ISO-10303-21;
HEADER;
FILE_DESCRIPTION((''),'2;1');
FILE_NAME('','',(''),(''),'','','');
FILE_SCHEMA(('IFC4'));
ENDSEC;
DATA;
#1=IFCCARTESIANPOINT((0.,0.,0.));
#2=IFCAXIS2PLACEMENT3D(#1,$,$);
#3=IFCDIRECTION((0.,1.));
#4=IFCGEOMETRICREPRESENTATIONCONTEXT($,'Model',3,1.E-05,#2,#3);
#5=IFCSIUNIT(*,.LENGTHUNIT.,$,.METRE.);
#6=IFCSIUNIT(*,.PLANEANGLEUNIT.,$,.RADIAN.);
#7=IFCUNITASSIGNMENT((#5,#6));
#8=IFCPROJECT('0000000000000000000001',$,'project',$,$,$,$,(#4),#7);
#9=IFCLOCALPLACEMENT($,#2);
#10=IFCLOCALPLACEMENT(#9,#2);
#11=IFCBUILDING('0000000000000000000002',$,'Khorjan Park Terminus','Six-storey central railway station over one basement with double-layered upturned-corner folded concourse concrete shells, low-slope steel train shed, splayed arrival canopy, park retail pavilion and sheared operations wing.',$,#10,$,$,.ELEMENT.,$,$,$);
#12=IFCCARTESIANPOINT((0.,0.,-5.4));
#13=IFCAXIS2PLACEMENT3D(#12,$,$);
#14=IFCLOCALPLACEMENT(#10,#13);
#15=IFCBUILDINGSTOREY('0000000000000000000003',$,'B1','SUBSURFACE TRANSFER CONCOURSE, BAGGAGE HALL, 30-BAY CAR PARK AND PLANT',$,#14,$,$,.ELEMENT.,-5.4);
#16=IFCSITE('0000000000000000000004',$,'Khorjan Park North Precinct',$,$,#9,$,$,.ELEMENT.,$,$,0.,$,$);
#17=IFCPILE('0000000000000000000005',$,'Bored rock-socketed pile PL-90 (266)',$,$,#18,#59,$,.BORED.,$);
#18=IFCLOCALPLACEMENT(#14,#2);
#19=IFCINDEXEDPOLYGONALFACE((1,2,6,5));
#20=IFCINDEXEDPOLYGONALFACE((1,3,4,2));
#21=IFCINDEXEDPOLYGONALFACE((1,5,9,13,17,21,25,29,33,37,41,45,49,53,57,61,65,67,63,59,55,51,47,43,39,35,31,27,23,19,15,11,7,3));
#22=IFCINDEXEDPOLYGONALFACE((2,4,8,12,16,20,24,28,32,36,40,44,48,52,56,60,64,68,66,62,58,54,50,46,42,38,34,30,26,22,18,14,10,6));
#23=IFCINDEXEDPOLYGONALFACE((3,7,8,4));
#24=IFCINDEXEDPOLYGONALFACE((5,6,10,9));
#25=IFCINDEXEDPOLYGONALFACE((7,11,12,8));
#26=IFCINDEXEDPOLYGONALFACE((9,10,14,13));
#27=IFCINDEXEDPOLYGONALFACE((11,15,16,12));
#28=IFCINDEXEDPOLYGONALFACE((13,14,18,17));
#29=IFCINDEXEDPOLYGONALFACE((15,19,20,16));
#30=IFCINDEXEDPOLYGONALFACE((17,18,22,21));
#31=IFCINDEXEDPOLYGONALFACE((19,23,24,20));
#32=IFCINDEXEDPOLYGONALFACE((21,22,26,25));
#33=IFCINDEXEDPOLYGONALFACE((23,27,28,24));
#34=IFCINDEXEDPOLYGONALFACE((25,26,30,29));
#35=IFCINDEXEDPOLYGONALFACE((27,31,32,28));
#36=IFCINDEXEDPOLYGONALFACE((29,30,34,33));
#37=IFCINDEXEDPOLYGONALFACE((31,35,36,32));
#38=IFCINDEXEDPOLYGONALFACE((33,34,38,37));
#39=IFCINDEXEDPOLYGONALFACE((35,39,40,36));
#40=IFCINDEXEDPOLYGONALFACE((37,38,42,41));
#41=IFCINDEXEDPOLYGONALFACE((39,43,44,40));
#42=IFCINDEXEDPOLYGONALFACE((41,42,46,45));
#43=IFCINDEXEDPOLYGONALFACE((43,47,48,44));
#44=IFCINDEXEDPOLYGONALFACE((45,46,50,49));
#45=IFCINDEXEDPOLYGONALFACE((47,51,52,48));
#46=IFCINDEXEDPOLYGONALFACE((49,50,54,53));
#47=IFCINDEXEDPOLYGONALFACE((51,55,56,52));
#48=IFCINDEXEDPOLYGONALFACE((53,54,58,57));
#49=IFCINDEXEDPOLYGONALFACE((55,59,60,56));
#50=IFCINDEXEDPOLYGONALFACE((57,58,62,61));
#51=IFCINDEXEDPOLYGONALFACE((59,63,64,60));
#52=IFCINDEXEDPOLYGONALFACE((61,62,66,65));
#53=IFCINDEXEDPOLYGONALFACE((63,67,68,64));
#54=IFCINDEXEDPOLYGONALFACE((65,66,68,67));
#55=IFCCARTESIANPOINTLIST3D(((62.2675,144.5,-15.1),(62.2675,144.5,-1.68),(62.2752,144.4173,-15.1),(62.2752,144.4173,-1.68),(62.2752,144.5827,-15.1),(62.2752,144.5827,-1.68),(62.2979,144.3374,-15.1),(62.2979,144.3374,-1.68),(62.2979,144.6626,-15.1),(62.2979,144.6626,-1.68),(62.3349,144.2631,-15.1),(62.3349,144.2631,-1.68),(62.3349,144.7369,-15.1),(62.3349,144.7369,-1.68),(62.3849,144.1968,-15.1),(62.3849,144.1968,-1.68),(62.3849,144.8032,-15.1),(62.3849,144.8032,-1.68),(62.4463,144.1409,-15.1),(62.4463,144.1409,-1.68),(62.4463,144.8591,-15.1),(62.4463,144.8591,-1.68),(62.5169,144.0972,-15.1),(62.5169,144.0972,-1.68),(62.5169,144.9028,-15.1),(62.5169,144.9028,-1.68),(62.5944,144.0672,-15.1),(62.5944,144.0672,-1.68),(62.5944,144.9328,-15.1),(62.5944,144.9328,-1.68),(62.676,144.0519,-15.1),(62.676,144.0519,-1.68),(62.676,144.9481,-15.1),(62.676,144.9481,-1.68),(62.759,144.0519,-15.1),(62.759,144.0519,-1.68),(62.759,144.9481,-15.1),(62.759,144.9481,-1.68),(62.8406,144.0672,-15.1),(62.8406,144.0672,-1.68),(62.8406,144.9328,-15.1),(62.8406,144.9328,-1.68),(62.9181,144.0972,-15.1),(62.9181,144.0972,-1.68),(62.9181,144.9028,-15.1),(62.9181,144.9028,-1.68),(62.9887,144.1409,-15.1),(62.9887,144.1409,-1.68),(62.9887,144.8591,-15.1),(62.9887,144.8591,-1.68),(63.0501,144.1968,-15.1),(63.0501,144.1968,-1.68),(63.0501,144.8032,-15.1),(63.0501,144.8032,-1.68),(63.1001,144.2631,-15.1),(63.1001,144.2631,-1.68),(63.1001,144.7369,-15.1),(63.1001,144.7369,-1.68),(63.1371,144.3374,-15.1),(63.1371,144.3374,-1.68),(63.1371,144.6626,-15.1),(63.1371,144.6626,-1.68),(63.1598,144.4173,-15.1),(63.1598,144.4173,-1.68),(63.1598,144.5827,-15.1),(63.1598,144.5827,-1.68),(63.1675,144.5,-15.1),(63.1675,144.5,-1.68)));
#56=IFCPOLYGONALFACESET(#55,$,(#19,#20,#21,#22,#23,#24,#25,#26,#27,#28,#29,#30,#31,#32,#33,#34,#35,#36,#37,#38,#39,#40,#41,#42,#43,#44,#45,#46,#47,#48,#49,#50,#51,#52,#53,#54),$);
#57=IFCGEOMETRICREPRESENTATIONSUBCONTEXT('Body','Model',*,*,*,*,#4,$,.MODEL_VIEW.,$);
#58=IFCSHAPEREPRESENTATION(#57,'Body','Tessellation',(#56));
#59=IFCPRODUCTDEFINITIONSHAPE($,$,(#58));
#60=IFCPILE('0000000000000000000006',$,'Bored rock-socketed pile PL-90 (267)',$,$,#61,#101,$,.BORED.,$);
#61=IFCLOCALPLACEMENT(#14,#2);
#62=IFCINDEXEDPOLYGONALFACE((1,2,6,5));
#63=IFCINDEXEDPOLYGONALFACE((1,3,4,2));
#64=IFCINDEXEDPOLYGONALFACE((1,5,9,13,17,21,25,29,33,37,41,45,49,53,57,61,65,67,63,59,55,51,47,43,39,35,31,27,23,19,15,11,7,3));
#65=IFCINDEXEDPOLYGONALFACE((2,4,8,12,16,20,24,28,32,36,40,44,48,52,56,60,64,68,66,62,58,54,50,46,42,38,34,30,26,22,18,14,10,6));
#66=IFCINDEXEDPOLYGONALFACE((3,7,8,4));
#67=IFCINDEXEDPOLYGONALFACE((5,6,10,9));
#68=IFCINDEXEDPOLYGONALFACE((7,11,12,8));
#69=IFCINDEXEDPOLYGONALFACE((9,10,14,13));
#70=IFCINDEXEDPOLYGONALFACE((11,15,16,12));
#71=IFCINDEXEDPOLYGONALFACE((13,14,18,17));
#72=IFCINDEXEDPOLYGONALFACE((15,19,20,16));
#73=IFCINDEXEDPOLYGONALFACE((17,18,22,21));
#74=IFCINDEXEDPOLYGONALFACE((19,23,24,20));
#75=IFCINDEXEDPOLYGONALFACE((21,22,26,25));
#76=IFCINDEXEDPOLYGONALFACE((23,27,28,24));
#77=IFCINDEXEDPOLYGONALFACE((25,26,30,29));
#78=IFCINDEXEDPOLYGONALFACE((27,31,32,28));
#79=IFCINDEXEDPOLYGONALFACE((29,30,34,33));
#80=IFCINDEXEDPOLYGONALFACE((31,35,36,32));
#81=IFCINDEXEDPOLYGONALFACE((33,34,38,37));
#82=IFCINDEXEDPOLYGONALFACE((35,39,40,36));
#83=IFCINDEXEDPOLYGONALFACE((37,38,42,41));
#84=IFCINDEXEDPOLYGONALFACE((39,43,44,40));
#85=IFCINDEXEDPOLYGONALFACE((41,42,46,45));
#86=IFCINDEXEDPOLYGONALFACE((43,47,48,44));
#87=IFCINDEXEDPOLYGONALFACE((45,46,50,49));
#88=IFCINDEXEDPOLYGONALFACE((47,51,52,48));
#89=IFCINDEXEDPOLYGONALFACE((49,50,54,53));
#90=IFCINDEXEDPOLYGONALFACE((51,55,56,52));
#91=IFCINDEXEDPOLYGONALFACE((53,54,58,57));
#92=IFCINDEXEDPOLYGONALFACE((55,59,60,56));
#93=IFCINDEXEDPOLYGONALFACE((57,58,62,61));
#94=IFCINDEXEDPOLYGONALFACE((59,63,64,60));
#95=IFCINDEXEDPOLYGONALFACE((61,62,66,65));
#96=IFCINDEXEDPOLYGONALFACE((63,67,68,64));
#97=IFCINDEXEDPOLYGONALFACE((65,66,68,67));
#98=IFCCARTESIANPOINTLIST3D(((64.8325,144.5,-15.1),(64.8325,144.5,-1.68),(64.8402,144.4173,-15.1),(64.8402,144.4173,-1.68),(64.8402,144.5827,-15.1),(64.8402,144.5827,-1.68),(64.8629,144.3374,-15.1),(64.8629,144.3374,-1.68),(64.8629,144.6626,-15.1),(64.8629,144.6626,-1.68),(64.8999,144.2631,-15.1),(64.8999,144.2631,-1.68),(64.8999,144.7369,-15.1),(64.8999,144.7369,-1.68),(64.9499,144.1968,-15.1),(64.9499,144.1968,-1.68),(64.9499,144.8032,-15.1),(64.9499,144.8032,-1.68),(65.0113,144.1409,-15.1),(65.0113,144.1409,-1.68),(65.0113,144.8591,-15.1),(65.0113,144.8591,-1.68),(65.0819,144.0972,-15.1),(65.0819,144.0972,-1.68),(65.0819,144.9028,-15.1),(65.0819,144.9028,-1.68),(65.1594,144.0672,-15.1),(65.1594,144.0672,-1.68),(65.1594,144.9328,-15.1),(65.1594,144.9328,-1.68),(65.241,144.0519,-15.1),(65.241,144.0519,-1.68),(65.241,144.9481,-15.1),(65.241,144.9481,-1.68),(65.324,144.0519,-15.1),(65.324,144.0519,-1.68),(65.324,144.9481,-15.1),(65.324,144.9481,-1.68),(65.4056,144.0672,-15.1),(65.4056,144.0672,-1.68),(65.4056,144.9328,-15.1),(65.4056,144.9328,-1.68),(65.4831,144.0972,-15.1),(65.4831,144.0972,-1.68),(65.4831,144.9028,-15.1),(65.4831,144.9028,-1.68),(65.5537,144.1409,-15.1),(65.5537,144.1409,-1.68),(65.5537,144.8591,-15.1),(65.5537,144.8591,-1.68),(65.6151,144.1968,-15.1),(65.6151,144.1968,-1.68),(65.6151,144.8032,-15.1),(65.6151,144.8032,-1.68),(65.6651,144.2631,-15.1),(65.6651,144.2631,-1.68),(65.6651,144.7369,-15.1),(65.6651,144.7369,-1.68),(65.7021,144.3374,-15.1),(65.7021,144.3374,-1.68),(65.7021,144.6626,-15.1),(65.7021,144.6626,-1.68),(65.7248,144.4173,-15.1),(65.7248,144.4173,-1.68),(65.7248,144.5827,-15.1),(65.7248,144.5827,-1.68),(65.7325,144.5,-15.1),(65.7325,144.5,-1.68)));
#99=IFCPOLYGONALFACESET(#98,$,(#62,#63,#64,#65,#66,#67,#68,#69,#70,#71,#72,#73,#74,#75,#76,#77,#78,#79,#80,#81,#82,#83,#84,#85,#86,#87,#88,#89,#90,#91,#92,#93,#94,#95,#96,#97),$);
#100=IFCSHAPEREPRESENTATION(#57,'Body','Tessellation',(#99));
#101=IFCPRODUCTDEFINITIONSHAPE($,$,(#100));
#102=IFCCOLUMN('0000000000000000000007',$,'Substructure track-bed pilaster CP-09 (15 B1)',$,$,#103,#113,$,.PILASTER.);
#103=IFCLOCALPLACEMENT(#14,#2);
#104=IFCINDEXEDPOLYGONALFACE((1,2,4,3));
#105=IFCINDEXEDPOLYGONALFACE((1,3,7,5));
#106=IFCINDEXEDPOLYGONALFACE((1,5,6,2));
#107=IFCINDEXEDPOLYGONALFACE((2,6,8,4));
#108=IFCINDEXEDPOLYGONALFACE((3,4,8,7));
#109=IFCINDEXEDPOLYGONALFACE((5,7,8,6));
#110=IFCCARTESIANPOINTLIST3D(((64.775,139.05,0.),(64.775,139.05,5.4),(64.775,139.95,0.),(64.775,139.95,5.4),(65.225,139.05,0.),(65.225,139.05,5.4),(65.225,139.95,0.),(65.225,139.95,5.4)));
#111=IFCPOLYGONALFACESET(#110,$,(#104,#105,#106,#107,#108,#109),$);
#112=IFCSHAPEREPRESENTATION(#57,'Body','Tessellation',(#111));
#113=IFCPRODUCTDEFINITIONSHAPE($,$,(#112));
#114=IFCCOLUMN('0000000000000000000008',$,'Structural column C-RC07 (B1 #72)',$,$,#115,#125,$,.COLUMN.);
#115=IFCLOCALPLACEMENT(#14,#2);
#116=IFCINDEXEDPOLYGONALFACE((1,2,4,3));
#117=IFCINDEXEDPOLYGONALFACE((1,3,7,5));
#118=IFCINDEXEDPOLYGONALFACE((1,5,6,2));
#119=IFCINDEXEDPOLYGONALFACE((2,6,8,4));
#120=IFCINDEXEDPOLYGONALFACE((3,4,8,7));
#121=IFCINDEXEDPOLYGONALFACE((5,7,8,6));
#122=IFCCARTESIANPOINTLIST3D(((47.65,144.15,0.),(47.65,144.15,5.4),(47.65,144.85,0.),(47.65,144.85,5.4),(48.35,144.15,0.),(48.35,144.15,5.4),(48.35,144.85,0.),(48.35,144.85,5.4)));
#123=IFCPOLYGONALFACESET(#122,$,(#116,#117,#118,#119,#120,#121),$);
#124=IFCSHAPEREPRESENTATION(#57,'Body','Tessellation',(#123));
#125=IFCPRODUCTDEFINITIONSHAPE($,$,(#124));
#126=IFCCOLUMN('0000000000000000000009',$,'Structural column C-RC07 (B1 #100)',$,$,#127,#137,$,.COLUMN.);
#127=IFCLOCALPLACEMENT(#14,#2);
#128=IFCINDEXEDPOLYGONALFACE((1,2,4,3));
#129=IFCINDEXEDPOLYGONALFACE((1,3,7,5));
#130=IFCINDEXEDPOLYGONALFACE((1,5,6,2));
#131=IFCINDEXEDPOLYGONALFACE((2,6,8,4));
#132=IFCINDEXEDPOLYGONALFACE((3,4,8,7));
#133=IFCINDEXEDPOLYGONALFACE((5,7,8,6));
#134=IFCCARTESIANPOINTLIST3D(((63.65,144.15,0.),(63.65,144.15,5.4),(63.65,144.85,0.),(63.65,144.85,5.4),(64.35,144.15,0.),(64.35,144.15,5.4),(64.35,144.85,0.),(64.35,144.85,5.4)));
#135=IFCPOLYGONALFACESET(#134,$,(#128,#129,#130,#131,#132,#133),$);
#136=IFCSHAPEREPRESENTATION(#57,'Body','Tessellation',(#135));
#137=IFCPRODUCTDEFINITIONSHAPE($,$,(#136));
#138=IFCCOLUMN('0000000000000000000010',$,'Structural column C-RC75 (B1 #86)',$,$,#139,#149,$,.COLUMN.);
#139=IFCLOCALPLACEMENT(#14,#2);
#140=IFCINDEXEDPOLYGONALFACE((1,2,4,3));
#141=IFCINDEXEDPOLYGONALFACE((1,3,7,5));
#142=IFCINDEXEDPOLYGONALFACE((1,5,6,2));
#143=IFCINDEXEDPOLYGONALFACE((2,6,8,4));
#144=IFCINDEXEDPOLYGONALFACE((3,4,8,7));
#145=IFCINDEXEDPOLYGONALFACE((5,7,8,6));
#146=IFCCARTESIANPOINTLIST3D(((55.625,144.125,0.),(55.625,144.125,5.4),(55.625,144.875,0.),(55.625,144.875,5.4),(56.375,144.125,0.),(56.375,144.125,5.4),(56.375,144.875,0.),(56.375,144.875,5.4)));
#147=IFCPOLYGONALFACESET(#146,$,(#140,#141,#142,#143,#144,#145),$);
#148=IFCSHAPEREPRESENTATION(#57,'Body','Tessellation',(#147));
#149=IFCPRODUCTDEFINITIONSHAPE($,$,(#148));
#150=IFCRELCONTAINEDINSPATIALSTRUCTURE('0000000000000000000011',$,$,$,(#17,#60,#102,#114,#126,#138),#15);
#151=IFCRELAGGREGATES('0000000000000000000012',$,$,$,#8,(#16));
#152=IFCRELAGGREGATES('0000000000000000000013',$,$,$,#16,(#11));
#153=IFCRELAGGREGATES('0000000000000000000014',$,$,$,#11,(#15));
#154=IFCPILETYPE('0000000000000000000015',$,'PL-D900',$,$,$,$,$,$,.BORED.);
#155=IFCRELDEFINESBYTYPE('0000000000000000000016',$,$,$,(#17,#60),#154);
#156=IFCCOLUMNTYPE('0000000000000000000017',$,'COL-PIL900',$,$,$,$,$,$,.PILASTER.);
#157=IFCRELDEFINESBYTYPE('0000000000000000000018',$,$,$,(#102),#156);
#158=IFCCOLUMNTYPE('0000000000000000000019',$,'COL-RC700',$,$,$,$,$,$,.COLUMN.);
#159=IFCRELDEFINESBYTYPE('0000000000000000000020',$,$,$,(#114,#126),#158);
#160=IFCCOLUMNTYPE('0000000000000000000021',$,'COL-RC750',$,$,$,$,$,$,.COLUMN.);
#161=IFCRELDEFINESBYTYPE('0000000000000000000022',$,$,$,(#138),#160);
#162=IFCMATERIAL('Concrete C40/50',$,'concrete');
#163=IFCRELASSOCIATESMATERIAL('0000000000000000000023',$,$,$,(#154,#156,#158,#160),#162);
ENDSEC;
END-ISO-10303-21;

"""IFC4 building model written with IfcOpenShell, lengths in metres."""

from ifc_helpers import new_model, si_unit, direction, frame, origin, origin_2d, place, context, subcontext, project, spatial, rectangle, circle, extrude, material, material_profile, profile_set, type_object, element, save


model = new_model("IFC4")

# Units and contexts
model_context = context("Model", 3, precision=1e-05, world=origin(), true_north=direction((0.0, 1.0)))
body_context = subcontext(model_context, "Body", "Model", "MODEL_VIEW")
ifc_project = project(units=[si_unit("LENGTHUNIT", "METRE"), si_unit("PLANEANGLEUNIT", "RADIAN")], contexts=[model_context])

# Site, building, storey
site_placement = place(None, origin())
site = spatial("IfcSite", under=ifc_project, at=site_placement, Name="Khorjan Park North Precinct", CompositionType="ELEMENT", RefElevation=0.0)
building_placement = place(site_placement, origin())
building = spatial("IfcBuilding", under=site, at=building_placement, Name="Khorjan Park Terminus", Description="Six-storey central railway station over one basement with double-layered upturned-corner folded concourse concrete shells, low-slope steel train shed, splayed arrival canopy, park retail pavilion and sheared operations wing.", CompositionType="ELEMENT")
storey_placement = place(building_placement, frame((0.0, 0.0, -5.4)))
storey = spatial("IfcBuildingStorey", under=building, at=storey_placement, Name="B1", Description="SUBSURFACE TRANSFER CONCOURSE, BAGGAGE HALL, 30-BAY CAR PARK AND PLANT", CompositionType="ELEMENT", Elevation=-5.4)

# Shared definitions
ifc_material_1 = material(Name="Concrete C40/50", Category="concrete")

# Piles
ifc_material_profile_1 = material_profile(ifc_material_1, circle(Radius=0.45, at=origin_2d()), Name="BORED D900")
ifc_profile_set_1 = profile_set([ifc_material_profile_1], Name="Concrete C40/50")
pile_type_1 = type_object("IfcPileType", Name="PL-D900", PredefinedType="BORED", material=ifc_profile_set_1)
for number, where, z_axis, x_axis, name in (
    (1, (62.7175, 144.5, -1.68), (0.0, 0.0, -1.0), (1.0, 0.0, 0.0), "Bored rock-socketed pile PL-90 (266)"),
    (2, (65.2825, 144.5, -1.68), (0.0, 0.0, -1.0), (1.0, 0.0, 0.0), "Bored rock-socketed pile PL-90 (267)"),
):
    element("IfcPile", number, at=place(storey_placement, frame(where, z_axis=z_axis, x_axis=x_axis)), inside=storey, type_object=pile_type_1, Name=name, PredefinedType="BORED", context=body_context, shape_type="SweptSolid", body=[
        extrude(circle(Radius=0.45, at=origin_2d()), origin(), (0.0, 0.0, 1.0), 13.42),
    ])

# Columns
ifc_material_profile_2 = material_profile(ifc_material_1, rectangle(XDim=0.45, YDim=0.9, at=origin_2d()), Name="RC 450x900")
ifc_profile_set_2 = profile_set([ifc_material_profile_2], Name="Concrete C40/50")
column_type_1 = type_object("IfcColumnType", Name="COL-PIL900", PredefinedType="PILASTER", material=ifc_profile_set_2)
column_1_placement = place(storey_placement, frame((65.0, 139.5, 0.0), z_axis=(0.0, 0.0, 1.0), x_axis=(1.0, 0.0, 0.0)))
element("IfcColumn", 3, at=column_1_placement, inside=storey, type_object=column_type_1, Name="Substructure track-bed pilaster CP-09 (15 B1)", PredefinedType="PILASTER", context=body_context, shape_type="SweptSolid", body=[
    extrude(rectangle(XDim=0.45, YDim=0.9, at=origin_2d()), origin(), (0.0, 0.0, 1.0), 5.4),
])
ifc_material_profile_3 = material_profile(ifc_material_1, rectangle(XDim=0.7, YDim=0.7, at=origin_2d()), Name="RC 700x700")
ifc_profile_set_3 = profile_set([ifc_material_profile_3], Name="Concrete C40/50")
column_type_2 = type_object("IfcColumnType", Name="COL-RC700", PredefinedType="COLUMN", material=ifc_profile_set_3)
for number, where, z_axis, x_axis, name in (
    (4, (48.0, 144.5, 0.0), (0.0, 0.0, 1.0), (1.0, 0.0, 0.0), "Structural column C-RC07 (B1 #72)"),
    (5, (64.0, 144.5, 0.0), (0.0, 0.0, 1.0), (1.0, 0.0, 0.0), "Structural column C-RC07 (B1 #100)"),
):
    element("IfcColumn", number, at=place(storey_placement, frame(where, z_axis=z_axis, x_axis=x_axis)), inside=storey, type_object=column_type_2, Name=name, PredefinedType="COLUMN", context=body_context, shape_type="SweptSolid", body=[
        extrude(rectangle(XDim=0.7, YDim=0.7, at=origin_2d()), origin(), (0.0, 0.0, 1.0), 5.4),
    ])
ifc_material_profile_4 = material_profile(ifc_material_1, rectangle(XDim=0.75, YDim=0.75, at=origin_2d()), Name="RC 750x750")
ifc_profile_set_4 = profile_set([ifc_material_profile_4], Name="Concrete C40/50")
column_type_3 = type_object("IfcColumnType", Name="COL-RC750", PredefinedType="COLUMN", material=ifc_profile_set_4)
column_2_placement = place(storey_placement, frame((56.0, 144.5, 0.0), z_axis=(0.0, 0.0, 1.0), x_axis=(1.0, 0.0, 0.0)))
element("IfcColumn", 6, at=column_2_placement, inside=storey, type_object=column_type_3, Name="Structural column C-RC75 (B1 #86)", PredefinedType="COLUMN", context=body_context, shape_type="SweptSolid", body=[
    extrude(rectangle(XDim=0.75, YDim=0.75, at=origin_2d()), origin(), (0.0, 0.0, 1.0), 5.4),
])

save(model, "model.ifc")
